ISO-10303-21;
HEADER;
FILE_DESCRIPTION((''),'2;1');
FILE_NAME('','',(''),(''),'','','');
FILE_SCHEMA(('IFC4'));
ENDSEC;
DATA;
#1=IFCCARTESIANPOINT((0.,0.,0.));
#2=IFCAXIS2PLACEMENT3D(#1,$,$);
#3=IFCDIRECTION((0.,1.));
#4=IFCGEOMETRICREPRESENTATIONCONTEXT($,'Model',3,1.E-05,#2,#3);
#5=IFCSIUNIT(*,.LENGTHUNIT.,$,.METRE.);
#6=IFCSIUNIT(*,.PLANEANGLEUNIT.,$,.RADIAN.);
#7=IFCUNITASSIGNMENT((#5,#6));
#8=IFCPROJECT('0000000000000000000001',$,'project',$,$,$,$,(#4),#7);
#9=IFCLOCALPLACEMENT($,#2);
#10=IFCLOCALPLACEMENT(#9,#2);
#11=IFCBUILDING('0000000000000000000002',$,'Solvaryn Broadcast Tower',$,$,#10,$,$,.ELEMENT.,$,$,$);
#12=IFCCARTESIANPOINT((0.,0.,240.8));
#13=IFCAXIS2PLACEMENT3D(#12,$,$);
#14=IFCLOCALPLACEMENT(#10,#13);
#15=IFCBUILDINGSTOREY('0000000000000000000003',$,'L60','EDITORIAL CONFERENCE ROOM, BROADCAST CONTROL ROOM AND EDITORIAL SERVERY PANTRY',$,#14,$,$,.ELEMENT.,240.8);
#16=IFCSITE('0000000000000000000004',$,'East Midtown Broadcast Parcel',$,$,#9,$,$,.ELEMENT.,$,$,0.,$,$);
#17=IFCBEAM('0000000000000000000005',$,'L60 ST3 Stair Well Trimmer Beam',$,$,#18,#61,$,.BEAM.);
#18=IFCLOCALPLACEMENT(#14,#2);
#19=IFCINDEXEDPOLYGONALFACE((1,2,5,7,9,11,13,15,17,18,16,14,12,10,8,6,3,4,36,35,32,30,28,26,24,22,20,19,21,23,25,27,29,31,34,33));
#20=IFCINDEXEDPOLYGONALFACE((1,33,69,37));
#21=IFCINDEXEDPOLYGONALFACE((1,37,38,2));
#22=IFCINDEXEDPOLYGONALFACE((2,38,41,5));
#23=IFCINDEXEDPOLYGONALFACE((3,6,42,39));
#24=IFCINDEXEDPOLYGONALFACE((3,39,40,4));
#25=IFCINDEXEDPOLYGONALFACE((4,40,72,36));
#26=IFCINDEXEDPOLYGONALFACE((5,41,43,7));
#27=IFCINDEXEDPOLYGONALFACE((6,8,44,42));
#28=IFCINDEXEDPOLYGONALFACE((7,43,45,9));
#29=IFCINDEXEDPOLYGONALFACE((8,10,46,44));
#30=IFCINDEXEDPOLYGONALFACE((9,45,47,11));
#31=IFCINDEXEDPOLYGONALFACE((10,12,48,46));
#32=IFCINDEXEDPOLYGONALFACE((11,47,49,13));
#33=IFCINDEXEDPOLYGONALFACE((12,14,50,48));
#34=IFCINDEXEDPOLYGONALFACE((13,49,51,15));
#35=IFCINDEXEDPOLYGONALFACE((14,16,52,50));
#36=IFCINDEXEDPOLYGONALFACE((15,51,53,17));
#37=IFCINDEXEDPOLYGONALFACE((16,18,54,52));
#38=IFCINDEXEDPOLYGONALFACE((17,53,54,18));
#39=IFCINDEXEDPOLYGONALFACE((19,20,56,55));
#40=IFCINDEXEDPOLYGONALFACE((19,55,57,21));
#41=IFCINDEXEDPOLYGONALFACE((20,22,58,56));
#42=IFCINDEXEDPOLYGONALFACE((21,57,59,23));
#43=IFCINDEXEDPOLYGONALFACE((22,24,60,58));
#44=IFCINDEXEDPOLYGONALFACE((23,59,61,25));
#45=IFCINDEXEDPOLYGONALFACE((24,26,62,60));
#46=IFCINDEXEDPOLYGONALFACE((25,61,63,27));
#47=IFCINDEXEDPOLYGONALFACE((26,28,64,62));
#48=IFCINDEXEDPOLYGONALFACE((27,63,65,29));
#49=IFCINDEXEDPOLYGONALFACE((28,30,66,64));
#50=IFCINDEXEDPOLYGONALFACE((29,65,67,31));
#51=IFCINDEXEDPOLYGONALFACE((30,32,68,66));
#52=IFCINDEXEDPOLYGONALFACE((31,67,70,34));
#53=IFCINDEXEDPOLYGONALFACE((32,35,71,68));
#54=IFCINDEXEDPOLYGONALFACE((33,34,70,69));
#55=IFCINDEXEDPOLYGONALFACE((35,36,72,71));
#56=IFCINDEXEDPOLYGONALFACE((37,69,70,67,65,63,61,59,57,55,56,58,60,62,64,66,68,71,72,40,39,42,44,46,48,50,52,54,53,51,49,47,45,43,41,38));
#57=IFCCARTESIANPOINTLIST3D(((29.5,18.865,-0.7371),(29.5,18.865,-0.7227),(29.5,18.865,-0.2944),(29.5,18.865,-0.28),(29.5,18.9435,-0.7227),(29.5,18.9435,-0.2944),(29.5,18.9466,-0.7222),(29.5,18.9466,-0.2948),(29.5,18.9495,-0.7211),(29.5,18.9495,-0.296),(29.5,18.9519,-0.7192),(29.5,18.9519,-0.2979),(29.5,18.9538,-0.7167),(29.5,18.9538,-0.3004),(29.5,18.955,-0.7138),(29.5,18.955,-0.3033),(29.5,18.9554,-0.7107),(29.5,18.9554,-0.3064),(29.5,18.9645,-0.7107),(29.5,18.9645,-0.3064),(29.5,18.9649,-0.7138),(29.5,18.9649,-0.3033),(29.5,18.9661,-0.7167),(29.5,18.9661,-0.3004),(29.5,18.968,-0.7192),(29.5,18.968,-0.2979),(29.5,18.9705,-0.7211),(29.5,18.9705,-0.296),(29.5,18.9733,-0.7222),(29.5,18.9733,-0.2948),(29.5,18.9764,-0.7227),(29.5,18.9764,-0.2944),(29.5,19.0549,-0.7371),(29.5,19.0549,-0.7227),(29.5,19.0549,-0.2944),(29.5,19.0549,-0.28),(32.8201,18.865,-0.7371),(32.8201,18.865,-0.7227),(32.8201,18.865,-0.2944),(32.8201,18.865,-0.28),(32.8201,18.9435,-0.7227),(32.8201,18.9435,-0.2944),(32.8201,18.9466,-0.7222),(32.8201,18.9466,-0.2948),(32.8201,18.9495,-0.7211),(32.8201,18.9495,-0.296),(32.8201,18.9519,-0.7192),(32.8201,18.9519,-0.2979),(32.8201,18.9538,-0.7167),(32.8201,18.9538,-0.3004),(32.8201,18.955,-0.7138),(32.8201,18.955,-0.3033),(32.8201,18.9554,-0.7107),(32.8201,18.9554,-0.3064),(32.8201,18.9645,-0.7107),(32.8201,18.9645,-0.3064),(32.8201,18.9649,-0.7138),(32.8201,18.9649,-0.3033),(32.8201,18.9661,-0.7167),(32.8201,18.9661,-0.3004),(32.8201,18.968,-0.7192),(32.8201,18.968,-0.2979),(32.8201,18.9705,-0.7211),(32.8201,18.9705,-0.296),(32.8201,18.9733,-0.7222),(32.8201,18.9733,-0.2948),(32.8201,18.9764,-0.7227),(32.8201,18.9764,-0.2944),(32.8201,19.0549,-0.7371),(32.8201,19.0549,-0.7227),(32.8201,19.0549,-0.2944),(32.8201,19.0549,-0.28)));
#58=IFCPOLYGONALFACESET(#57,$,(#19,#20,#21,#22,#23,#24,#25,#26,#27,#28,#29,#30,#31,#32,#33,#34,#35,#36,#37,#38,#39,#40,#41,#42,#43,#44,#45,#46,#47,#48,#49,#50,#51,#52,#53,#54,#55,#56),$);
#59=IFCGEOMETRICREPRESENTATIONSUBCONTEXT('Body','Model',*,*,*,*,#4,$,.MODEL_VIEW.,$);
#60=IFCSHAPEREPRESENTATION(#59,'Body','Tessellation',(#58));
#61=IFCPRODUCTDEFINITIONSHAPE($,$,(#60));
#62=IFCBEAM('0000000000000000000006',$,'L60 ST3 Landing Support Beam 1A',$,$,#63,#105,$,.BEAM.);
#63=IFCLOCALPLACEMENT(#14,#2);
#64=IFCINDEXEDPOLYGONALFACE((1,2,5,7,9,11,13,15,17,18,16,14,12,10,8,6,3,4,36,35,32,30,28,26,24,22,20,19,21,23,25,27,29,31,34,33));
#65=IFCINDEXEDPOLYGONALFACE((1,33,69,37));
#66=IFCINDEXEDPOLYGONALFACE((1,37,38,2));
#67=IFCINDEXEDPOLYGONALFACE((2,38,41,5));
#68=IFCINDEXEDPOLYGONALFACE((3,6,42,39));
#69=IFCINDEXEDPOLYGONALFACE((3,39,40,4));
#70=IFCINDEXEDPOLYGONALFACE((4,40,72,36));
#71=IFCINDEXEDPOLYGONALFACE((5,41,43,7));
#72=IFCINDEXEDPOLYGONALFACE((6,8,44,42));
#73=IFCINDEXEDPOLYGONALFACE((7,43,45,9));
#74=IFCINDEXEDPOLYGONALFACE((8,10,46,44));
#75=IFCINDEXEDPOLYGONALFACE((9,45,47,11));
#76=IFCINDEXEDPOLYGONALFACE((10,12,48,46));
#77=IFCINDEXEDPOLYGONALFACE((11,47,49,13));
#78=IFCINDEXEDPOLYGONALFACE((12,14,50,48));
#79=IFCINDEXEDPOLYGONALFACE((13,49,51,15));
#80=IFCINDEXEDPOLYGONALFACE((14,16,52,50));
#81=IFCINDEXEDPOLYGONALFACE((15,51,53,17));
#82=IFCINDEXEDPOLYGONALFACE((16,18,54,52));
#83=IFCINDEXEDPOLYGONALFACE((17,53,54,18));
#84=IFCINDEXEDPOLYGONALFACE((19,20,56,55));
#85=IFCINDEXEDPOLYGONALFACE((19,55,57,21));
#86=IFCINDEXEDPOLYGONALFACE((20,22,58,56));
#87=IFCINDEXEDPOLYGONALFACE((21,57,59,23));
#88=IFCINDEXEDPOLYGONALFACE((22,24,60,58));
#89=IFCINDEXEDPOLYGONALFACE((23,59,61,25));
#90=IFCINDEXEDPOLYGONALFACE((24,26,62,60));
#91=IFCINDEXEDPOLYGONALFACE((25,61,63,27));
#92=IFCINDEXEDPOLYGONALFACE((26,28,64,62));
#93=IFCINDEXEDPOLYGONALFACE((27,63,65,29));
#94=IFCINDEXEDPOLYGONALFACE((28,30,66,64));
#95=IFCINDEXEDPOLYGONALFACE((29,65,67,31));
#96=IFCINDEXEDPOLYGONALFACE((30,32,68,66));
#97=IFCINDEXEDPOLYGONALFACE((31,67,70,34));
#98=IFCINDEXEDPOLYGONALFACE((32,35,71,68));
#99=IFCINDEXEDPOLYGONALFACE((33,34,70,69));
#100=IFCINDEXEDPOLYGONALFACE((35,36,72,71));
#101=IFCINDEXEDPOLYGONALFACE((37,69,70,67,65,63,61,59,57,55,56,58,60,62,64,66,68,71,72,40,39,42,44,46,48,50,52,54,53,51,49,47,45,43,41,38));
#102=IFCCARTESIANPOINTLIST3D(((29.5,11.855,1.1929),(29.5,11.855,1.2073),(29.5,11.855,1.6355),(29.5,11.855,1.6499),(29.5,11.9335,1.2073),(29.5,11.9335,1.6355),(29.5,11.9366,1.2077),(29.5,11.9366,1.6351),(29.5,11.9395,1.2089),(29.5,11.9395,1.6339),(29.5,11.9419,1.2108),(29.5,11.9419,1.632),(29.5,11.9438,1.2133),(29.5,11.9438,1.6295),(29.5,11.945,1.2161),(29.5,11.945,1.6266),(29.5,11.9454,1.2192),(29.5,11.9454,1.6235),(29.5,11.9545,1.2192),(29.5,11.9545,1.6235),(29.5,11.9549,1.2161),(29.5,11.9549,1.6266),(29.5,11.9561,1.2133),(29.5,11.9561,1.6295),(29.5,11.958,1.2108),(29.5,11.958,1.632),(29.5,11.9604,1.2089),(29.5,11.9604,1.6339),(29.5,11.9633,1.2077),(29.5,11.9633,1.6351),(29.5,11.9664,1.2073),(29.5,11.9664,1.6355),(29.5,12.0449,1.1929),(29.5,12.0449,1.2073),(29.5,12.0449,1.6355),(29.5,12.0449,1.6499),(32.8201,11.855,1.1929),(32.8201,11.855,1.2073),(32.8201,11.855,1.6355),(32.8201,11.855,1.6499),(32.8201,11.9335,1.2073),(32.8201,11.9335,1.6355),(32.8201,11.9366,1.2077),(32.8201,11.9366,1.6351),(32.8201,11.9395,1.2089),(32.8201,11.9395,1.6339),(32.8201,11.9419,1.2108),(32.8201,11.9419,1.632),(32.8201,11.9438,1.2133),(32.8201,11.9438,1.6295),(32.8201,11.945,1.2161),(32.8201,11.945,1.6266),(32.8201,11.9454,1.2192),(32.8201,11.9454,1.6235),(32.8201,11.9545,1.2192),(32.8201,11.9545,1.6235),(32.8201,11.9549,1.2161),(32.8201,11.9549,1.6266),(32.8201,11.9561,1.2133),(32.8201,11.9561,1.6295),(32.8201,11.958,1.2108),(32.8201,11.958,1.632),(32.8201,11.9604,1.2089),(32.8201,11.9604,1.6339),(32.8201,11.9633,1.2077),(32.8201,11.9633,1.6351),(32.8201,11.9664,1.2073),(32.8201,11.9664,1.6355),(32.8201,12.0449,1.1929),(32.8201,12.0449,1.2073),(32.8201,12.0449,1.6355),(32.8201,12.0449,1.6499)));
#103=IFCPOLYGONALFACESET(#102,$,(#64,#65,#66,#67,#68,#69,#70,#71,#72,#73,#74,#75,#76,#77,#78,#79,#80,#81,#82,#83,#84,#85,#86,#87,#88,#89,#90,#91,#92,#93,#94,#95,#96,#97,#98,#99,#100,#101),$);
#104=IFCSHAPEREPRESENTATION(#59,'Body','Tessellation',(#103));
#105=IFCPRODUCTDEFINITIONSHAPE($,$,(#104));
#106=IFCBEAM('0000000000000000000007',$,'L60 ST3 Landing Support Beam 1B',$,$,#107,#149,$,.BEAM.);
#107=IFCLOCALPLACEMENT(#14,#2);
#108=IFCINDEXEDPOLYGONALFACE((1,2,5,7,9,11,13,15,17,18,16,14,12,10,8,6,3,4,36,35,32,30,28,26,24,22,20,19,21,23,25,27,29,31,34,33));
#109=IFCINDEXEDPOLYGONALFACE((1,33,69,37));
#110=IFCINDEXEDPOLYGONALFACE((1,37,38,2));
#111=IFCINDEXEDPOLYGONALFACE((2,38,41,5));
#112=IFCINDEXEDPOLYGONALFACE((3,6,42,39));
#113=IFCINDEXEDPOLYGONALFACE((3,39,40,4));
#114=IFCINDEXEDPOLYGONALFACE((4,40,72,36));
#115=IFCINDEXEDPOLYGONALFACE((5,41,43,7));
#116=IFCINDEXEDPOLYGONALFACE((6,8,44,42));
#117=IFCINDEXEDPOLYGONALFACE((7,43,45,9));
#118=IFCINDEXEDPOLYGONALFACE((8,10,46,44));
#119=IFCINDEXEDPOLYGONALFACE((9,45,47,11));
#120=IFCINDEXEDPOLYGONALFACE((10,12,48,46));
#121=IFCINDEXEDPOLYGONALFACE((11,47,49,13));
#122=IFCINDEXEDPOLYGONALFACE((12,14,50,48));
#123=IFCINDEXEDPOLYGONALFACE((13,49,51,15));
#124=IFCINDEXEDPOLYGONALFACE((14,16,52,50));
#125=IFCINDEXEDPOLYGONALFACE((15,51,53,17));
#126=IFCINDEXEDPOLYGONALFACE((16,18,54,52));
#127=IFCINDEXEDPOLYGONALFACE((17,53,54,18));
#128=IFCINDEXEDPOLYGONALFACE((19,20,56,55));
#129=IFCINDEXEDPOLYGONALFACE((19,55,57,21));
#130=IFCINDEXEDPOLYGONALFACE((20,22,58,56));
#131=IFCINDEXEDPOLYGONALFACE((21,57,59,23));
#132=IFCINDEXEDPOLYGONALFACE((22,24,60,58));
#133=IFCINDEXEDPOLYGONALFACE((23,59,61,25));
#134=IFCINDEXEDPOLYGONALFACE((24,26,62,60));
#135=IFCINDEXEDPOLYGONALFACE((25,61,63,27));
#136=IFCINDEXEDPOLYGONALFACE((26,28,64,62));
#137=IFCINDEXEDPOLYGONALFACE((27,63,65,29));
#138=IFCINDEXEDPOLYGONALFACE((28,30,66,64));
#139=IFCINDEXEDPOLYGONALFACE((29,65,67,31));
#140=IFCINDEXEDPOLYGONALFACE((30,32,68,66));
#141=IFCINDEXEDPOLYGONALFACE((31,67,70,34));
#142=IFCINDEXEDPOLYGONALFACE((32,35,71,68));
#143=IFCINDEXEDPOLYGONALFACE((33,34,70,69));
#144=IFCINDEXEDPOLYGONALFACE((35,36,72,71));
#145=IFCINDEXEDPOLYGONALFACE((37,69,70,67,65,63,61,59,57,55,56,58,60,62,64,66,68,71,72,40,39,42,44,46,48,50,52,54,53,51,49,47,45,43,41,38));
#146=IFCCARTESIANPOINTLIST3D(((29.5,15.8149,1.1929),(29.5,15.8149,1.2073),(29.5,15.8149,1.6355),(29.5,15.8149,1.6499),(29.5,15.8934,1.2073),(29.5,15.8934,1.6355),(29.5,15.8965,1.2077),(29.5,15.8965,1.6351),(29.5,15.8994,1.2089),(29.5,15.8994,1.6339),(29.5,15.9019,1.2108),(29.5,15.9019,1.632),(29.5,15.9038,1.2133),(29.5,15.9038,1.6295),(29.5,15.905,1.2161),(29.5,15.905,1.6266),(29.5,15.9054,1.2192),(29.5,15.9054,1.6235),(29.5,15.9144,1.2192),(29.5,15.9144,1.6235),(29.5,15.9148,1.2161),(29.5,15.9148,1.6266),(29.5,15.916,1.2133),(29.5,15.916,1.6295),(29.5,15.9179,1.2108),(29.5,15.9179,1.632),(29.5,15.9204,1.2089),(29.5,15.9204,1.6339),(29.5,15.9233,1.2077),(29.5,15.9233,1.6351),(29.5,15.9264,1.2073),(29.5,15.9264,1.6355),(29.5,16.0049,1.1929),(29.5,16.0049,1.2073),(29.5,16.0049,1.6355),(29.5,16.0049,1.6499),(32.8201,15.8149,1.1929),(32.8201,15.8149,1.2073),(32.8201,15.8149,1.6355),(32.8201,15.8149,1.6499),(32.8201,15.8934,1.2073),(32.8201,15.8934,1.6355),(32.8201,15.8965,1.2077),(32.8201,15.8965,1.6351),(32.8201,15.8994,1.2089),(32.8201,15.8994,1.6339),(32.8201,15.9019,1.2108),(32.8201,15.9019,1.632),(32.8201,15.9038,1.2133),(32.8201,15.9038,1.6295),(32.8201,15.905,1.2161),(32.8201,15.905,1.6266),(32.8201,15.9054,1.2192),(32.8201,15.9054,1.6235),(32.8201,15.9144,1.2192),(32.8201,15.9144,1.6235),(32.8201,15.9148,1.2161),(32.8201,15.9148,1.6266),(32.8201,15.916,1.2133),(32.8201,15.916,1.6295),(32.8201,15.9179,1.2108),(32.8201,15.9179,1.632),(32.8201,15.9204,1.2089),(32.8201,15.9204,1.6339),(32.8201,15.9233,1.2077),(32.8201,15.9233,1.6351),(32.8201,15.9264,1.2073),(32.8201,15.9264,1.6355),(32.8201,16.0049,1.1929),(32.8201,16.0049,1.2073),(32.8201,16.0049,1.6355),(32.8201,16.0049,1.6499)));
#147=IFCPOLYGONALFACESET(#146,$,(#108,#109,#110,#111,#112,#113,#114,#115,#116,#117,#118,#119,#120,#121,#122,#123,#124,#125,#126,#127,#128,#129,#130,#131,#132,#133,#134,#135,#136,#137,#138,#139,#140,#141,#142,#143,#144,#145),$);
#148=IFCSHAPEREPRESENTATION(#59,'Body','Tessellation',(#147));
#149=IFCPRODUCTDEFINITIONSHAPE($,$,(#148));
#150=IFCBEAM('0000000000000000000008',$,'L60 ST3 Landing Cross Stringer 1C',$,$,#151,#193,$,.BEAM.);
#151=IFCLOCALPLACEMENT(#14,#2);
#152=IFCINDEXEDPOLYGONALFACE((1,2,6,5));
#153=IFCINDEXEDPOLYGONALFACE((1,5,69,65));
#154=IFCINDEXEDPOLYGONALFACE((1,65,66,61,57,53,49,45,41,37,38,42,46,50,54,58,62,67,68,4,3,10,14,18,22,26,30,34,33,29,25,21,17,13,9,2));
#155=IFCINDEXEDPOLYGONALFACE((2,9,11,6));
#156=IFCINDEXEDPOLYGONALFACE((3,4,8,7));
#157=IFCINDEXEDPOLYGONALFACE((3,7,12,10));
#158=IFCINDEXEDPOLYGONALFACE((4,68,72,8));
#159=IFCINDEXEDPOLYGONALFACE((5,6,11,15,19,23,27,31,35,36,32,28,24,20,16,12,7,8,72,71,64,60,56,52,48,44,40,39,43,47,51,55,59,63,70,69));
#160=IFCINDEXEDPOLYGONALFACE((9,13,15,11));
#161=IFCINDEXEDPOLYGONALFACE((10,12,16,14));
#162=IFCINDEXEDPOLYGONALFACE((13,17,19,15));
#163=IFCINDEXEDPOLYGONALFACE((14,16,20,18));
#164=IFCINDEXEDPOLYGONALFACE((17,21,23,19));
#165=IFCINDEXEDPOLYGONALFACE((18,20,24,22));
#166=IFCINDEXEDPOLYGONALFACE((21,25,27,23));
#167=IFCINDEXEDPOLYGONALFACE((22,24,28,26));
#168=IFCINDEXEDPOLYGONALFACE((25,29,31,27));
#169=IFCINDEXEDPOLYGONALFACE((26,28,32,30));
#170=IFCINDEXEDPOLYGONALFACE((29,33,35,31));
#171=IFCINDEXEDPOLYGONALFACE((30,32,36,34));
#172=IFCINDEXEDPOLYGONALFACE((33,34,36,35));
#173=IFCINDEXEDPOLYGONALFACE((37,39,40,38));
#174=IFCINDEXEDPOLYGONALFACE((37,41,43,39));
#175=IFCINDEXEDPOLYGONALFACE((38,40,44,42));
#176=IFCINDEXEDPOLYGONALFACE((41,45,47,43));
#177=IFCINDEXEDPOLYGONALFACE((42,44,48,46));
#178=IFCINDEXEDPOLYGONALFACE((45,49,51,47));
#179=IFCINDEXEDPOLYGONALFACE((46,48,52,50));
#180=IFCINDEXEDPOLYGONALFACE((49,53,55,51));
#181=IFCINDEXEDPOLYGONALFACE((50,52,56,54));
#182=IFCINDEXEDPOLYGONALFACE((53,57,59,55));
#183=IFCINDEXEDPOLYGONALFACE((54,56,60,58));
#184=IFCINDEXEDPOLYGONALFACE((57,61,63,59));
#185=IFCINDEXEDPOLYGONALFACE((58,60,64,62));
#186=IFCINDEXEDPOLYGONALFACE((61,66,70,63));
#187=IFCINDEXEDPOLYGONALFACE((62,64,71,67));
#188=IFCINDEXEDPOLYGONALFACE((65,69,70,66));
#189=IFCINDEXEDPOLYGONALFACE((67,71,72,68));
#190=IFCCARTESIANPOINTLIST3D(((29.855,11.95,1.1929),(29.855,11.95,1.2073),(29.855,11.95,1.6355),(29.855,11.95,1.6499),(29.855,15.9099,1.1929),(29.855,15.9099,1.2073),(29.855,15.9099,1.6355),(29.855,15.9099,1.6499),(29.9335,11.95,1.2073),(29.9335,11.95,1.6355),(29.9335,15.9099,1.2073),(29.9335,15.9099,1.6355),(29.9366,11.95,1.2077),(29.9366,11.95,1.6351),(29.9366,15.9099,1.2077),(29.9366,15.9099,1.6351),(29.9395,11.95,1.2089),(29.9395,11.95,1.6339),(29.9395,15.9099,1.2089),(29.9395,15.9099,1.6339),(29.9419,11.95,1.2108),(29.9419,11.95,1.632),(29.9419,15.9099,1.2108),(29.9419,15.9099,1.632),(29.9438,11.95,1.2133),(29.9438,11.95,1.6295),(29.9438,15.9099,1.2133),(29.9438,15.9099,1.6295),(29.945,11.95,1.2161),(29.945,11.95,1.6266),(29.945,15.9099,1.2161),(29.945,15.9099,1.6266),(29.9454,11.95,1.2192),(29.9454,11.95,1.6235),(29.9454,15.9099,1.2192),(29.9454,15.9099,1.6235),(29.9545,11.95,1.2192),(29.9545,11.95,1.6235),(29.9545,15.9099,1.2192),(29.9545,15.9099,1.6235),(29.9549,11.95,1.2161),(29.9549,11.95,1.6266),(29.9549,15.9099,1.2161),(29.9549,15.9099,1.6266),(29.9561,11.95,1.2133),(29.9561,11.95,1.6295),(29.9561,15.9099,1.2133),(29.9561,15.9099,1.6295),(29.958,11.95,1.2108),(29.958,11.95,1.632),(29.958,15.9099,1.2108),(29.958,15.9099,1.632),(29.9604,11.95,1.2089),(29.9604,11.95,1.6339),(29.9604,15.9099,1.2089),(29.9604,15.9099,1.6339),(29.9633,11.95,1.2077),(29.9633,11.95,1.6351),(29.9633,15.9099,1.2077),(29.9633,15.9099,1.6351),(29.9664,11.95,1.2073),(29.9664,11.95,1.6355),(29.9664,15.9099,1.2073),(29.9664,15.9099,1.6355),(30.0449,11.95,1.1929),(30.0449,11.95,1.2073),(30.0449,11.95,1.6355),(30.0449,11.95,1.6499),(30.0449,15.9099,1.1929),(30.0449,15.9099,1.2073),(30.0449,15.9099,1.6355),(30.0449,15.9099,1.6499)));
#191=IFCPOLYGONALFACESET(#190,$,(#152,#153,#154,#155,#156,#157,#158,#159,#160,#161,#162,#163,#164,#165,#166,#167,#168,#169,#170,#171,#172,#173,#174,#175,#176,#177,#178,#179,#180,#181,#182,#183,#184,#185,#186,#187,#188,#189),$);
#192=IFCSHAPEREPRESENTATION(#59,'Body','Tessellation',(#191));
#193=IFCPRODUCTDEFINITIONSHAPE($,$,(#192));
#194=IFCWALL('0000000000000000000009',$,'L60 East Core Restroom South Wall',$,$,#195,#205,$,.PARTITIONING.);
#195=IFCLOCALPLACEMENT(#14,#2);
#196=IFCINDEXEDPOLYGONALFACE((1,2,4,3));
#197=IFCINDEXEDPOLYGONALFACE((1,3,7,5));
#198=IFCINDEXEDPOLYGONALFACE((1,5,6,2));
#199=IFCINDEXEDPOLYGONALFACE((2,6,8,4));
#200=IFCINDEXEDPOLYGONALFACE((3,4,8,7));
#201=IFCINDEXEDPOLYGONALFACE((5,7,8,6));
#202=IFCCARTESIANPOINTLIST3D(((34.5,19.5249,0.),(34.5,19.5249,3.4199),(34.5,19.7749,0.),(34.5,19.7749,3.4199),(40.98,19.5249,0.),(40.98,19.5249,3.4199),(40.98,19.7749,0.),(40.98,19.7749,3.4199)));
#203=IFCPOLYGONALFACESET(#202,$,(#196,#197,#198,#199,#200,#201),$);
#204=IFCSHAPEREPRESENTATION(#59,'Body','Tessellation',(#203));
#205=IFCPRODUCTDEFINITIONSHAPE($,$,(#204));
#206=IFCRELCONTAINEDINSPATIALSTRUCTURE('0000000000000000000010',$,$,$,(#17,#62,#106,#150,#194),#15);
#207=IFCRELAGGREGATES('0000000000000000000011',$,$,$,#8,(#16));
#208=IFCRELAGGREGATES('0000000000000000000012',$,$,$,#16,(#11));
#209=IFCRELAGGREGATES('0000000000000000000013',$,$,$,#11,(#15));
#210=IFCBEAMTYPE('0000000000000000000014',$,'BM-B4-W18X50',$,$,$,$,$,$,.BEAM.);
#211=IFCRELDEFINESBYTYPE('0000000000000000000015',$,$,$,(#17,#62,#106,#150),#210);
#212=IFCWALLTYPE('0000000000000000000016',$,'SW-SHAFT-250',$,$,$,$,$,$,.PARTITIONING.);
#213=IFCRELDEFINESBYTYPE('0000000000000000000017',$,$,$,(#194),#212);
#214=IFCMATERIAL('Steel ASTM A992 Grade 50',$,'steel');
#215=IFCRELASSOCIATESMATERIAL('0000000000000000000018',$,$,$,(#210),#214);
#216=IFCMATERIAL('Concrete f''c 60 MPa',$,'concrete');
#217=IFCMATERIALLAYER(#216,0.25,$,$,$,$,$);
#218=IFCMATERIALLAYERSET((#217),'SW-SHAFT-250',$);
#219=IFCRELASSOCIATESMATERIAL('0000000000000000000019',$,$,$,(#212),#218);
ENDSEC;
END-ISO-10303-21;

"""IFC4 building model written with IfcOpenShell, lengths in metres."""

from ifc_helpers import new_model, si_unit, direction, frame, frame_2d, origin, origin_2d, place, context, subcontext, project, spatial, rectangle, i_section, extrude, material, layer, layer_set, material_profile, profile_set, type_object, element, save


model = new_model("IFC4")

# Units and contexts
model_context = context("Model", 3, precision=1e-05, world=origin(), true_north=direction((0.0, 1.0)))
body_context = subcontext(model_context, "Body", "Model", "MODEL_VIEW")
ifc_project = project(units=[si_unit("LENGTHUNIT", "METRE"), si_unit("PLANEANGLEUNIT", "RADIAN")], contexts=[model_context])

# Site, building, storey
site_placement = place(None, origin())
site = spatial("IfcSite", under=ifc_project, at=site_placement, Name="East Midtown Broadcast Parcel", CompositionType="ELEMENT", RefElevation=0.0)
building_placement = place(site_placement, origin())
building = spatial("IfcBuilding", under=site, at=building_placement, Name="Solvaryn Broadcast Tower", CompositionType="ELEMENT")
storey_placement = place(building_placement, frame((0.0, 0.0, 240.8)))
storey = spatial("IfcBuildingStorey", under=building, at=storey_placement, Name="L60", Description="EDITORIAL CONFERENCE ROOM, BROADCAST CONTROL ROOM AND EDITORIAL SERVERY PANTRY", CompositionType="ELEMENT", Elevation=240.8)

# Beams
ifc_material_1 = material(Name="Steel ASTM A992 Grade 50", Category="steel")
ifc_material_profile_1 = material_profile(ifc_material_1, i_section(OverallWidth=0.1899, OverallDepth=0.457, WebThickness=0.009, FlangeThickness=0.0144, FilletRadius=0.012, at=origin_2d()))
ifc_profile_set_1 = profile_set([ifc_material_profile_1], Name="Steel ASTM A992 Grade 50")
beam_type_1 = type_object("IfcBeamType", Name="BM-B4-W18X50", PredefinedType="BEAM", material=ifc_profile_set_1)
for number, where, z_axis, x_axis, name in (
    (1, (29.5, 18.96, -0.5085), (1.0, 0.0, 0.0), (0.0, 1.0, 0.0), "L60 ST3 Stair Well Trimmer Beam"),
    (2, (29.5, 11.95, 1.4214), (1.0, 0.0, 0.0), (0.0, 1.0, 0.0), "L60 ST3 Landing Support Beam 1A"),
    (3, (29.5, 15.9099, 1.4214), (1.0, 0.0, 0.0), (0.0, 1.0, 0.0), "L60 ST3 Landing Support Beam 1B"),
):
    element("IfcBeam", number, at=place(storey_placement, frame(where, z_axis=z_axis, x_axis=x_axis)), inside=storey, type_object=beam_type_1, Name=name, PredefinedType="BEAM", context=body_context, shape_type="SweptSolid", body=[
        extrude(i_section(OverallWidth=0.1899, OverallDepth=0.457, WebThickness=0.009, FlangeThickness=0.0144, FilletRadius=0.012, at=origin_2d()), origin(), (0.0, 0.0, 1.0), 3.3201),
    ])
beam_1_placement = place(storey_placement, frame((29.95, 11.95, 1.4214), z_axis=(0.0, 1.0, 0.0), x_axis=(-1.0, 0.0, 0.0)))
element("IfcBeam", 4, at=beam_1_placement, inside=storey, type_object=beam_type_1, Name="L60 ST3 Landing Cross Stringer 1C", PredefinedType="BEAM", context=body_context, shape_type="SweptSolid", body=[
    extrude(i_section(OverallWidth=0.1899, OverallDepth=0.457, WebThickness=0.009, FlangeThickness=0.0144, FilletRadius=0.012, at=origin_2d()), origin(), (0.0, 0.0, 1.0), 3.96),
])

# Wall
ifc_material_2 = material(Name="Concrete f'c 60 MPa", Category="concrete")
ifc_layer_1 = layer(ifc_material_2, 0.25)
ifc_layer_set_1 = layer_set([ifc_layer_1], Name="SW-SHAFT-250")
wall_type_1 = type_object("IfcWallType", Name="SW-SHAFT-250", PredefinedType="PARTITIONING", material=ifc_layer_set_1)
wall_1_placement = place(storey_placement, frame((34.5, 19.6499, 0.0), z_axis=(0.0, 0.0, 1.0), x_axis=(1.0, 0.0, 0.0)))
element("IfcWall", 5, at=wall_1_placement, inside=storey, type_object=wall_type_1, Name="L60 East Core Restroom South Wall", PredefinedType="PARTITIONING", context=body_context, shape_type="SweptSolid", body=[
    extrude(rectangle(XDim=6.48, YDim=0.25, at=frame_2d((3.24, 0.0))), origin(), (0.0, 0.0, 1.0), 3.4199),
])

save(model, "model.ifc")
